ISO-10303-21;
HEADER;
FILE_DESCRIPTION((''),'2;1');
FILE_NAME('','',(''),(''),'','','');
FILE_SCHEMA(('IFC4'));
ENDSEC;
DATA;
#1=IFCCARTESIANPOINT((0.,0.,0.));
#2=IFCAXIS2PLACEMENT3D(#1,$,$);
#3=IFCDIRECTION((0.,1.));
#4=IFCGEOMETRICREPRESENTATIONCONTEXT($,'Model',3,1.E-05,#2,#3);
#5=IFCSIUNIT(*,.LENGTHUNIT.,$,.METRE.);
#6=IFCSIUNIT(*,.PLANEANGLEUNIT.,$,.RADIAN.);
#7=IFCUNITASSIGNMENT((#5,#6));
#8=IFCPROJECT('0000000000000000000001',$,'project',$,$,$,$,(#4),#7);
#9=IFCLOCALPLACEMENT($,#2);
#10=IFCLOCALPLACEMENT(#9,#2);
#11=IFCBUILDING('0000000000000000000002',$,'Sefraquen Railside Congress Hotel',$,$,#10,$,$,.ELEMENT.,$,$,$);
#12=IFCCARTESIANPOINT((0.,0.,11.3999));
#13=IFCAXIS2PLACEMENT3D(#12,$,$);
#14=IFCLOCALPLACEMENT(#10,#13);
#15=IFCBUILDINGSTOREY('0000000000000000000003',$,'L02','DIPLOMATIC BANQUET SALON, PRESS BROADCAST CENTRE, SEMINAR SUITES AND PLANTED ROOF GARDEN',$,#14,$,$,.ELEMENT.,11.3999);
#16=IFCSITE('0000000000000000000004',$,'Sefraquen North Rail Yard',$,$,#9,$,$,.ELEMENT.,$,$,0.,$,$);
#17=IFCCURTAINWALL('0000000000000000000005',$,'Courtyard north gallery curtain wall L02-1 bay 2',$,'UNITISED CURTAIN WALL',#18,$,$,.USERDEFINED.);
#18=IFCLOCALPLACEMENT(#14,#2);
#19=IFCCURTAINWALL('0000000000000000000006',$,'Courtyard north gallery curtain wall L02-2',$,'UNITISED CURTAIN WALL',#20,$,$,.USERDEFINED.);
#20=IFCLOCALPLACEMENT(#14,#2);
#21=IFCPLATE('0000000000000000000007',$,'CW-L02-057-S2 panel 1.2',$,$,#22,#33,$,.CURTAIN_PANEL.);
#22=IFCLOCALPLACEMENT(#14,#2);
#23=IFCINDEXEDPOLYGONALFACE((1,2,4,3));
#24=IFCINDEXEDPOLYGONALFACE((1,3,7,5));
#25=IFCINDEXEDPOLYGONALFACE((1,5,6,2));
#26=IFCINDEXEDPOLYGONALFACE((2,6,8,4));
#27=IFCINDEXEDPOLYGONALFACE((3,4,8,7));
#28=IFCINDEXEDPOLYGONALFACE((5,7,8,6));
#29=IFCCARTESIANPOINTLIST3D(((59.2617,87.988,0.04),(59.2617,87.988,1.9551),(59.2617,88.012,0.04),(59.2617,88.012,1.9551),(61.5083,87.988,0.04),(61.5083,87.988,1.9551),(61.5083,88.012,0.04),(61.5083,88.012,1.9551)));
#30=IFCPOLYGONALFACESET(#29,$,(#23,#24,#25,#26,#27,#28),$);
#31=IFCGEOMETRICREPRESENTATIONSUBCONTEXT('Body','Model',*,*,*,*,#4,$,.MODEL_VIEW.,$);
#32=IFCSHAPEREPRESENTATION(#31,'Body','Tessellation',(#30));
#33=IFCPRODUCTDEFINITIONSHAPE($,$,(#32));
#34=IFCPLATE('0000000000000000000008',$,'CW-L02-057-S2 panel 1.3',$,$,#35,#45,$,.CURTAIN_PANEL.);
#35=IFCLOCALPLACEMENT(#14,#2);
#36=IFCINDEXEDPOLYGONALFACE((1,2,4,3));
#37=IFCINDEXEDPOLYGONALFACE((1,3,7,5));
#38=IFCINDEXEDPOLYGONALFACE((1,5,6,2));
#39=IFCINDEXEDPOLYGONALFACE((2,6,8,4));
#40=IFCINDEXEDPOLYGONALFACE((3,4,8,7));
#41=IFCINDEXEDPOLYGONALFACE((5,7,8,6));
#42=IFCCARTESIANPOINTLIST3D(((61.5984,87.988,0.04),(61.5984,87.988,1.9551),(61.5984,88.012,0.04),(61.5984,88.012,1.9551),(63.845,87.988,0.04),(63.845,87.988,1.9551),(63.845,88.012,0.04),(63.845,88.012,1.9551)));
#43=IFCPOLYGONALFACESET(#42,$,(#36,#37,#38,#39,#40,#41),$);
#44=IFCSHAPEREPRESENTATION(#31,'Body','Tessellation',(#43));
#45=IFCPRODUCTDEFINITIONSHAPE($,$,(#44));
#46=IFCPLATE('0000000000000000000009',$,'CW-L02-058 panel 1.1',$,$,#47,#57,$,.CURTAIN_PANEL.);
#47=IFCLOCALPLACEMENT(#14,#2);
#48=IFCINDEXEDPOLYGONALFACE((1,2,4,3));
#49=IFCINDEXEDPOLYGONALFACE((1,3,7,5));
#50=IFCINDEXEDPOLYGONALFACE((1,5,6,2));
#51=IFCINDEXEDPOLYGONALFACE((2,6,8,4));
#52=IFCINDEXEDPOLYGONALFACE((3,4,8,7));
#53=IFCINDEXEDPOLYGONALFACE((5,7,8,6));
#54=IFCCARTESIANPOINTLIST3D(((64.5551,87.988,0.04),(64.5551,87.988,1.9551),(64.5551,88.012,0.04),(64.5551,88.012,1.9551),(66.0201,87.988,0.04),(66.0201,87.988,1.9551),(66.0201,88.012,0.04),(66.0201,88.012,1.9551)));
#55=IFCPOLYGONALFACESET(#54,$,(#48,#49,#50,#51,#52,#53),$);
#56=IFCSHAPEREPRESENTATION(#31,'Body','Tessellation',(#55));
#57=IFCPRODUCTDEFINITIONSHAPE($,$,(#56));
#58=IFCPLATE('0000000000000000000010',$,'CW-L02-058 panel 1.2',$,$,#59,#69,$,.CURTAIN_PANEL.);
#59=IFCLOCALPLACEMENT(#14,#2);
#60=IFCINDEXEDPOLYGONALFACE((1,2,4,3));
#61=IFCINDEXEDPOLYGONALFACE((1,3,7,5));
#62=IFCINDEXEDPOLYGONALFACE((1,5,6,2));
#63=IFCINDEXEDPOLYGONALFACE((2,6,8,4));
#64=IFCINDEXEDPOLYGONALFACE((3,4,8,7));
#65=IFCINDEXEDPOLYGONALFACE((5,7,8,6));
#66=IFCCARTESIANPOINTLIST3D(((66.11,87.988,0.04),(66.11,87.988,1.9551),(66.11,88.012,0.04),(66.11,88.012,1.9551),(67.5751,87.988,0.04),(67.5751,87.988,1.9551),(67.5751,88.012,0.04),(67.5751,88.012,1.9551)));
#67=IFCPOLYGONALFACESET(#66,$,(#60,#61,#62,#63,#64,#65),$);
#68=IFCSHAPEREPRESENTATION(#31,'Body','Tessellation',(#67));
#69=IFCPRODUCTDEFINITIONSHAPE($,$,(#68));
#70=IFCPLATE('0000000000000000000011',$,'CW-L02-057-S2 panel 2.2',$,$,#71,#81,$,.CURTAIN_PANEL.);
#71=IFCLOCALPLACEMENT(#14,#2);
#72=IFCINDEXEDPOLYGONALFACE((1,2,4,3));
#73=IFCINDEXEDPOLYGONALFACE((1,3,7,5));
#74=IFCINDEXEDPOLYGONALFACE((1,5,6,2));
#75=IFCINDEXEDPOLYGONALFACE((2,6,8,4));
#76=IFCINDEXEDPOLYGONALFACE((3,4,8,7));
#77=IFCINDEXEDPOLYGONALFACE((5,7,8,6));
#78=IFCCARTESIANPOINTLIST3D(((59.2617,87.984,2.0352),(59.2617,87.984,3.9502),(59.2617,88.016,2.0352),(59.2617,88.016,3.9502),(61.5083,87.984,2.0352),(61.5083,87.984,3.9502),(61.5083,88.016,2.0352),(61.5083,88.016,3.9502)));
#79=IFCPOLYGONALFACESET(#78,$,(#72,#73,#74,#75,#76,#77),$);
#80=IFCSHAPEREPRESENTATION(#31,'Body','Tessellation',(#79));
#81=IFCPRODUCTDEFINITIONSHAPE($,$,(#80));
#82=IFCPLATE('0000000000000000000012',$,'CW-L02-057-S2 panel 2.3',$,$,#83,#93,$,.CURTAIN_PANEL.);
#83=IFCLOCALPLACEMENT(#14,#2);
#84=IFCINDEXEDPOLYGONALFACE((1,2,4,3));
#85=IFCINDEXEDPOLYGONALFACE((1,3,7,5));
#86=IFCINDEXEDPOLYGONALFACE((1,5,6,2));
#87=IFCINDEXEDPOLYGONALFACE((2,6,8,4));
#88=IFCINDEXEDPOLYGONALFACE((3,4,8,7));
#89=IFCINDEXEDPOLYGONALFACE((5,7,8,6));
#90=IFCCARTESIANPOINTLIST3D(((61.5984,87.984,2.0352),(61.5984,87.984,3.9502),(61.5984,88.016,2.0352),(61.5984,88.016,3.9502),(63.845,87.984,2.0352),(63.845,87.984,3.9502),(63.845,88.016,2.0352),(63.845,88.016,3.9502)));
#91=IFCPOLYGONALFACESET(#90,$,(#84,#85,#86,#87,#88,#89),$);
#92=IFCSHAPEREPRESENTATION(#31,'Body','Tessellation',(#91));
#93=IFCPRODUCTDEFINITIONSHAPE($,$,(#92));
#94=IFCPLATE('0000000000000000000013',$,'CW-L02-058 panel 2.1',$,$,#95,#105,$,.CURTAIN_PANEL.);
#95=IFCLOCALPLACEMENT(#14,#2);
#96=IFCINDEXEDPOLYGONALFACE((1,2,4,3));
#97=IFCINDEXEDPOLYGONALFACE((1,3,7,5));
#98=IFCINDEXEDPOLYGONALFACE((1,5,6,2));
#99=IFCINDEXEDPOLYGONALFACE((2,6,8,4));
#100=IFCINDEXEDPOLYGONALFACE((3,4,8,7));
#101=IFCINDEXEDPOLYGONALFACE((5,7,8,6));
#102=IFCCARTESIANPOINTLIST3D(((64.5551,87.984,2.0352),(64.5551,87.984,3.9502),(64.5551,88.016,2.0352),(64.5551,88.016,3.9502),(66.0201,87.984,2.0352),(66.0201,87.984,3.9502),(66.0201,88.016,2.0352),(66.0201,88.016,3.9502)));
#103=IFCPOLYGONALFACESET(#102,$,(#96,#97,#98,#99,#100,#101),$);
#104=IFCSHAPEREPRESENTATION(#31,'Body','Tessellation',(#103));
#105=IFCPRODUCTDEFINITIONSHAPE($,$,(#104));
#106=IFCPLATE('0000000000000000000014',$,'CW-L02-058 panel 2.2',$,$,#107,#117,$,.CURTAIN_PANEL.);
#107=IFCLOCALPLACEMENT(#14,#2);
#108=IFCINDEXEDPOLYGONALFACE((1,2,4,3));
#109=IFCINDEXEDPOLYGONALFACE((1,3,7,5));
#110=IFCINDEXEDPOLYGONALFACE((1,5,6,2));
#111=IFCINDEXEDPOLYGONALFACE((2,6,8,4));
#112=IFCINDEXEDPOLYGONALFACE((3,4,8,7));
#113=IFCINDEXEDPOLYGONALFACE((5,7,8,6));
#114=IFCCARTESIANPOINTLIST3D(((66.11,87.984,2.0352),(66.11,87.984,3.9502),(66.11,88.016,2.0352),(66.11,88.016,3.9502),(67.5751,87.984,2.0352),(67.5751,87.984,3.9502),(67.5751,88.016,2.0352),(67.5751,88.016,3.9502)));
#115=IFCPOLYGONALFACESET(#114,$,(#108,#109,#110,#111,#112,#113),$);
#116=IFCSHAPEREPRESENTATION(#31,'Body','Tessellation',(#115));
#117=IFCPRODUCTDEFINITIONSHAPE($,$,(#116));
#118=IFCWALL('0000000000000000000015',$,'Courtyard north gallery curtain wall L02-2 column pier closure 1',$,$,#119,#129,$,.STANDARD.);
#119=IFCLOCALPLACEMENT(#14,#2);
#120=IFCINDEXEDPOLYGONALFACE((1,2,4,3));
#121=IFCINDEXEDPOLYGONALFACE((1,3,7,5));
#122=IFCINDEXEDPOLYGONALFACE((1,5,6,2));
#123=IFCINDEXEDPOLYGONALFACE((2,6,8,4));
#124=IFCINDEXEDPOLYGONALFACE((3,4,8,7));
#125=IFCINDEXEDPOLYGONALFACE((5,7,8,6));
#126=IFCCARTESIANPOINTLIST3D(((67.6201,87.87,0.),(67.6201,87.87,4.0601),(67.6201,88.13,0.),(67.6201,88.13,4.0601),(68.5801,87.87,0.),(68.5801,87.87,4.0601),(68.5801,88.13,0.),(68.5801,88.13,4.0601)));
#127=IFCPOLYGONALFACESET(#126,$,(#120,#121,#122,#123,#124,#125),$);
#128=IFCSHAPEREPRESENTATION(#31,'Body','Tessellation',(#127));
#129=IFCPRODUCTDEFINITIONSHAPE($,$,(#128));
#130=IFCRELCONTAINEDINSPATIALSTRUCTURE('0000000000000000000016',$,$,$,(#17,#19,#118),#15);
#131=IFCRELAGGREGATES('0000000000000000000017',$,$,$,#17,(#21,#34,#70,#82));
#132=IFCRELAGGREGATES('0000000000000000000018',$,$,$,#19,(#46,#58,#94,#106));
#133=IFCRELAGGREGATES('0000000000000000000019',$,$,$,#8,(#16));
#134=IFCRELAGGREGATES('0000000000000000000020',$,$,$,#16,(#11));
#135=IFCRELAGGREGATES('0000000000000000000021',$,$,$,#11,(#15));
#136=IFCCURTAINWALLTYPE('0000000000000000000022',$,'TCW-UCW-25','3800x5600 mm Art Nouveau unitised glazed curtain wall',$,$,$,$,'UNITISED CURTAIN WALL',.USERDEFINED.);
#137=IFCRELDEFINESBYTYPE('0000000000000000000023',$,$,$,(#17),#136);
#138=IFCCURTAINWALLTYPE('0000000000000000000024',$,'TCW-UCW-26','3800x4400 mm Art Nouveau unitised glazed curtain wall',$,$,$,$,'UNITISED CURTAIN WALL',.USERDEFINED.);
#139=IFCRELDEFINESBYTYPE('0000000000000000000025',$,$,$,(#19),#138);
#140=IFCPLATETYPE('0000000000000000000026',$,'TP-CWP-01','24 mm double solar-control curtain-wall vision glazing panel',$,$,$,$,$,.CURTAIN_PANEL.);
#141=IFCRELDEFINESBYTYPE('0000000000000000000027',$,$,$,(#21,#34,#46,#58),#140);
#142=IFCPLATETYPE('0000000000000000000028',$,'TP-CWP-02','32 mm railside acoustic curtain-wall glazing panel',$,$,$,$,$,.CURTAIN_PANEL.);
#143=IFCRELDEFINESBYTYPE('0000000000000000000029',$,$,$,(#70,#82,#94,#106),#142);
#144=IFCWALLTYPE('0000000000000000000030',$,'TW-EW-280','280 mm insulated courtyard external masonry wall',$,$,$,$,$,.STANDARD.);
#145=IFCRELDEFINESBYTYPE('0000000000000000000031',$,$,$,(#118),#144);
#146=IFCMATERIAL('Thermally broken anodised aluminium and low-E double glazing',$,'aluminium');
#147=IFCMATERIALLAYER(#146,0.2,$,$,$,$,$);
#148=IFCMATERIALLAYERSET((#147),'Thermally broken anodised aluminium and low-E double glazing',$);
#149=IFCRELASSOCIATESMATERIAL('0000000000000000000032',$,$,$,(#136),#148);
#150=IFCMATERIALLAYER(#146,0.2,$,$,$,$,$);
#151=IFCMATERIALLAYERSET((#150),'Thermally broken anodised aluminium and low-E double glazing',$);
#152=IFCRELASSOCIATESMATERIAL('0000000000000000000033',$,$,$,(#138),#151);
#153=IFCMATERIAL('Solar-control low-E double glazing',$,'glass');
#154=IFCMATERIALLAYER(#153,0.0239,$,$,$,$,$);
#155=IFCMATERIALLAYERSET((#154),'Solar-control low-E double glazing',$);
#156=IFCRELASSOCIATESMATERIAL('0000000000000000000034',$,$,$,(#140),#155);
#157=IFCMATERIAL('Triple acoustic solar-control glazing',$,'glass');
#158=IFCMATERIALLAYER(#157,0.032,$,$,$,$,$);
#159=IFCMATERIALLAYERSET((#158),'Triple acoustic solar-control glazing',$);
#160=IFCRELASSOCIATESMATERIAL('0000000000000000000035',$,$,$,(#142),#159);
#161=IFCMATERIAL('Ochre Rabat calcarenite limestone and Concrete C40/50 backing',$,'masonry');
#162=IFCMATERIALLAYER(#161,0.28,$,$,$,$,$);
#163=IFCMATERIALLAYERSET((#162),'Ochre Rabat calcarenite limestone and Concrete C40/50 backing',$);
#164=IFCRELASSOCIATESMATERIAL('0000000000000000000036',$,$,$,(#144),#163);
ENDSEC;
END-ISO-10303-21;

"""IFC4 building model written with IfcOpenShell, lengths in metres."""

from ifc_helpers import new_model, si_unit, direction, frame, frame_2d, origin, origin_2d, place, context, subcontext, project, spatial, rectangle, extrude, material, layer, layer_set, type_object, element, aggregate, save


model = new_model("IFC4")

# Units and contexts
model_context = context("Model", 3, precision=1e-05, world=origin(), true_north=direction((0.0, 1.0)))
body_context = subcontext(model_context, "Body", "Model", "MODEL_VIEW")
ifc_project = project(units=[si_unit("LENGTHUNIT", "METRE"), si_unit("PLANEANGLEUNIT", "RADIAN")], contexts=[model_context])

# Site, building, storey
site_placement = place(None, origin())
site = spatial("IfcSite", under=ifc_project, at=site_placement, Name="Sefraquen North Rail Yard", CompositionType="ELEMENT", RefElevation=0.0)
building_placement = place(site_placement, origin())
building = spatial("IfcBuilding", under=site, at=building_placement, Name="Sefraquen Railside Congress Hotel", CompositionType="ELEMENT")
storey_placement = place(building_placement, frame((0.0, 0.0, 11.3999)))
storey = spatial("IfcBuildingStorey", under=building, at=storey_placement, Name="L02", Description="DIPLOMATIC BANQUET SALON, PRESS BROADCAST CENTRE, SEMINAR SUITES AND PLANTED ROOF GARDEN", CompositionType="ELEMENT", Elevation=11.3999)

# Curtain walls
ifc_material_1 = material(Name="Thermally broken anodised aluminium and low-E double glazing", Category="aluminium")
ifc_layer_1 = layer(ifc_material_1, 0.2)
ifc_layer_set_1 = layer_set([ifc_layer_1], Name="Thermally broken anodised aluminium and low-E double glazing")
curtain_wall_type_1 = type_object("IfcCurtainWallType", Name="TCW-UCW-25", Description="3800x5600 mm Art Nouveau unitised glazed curtain wall", ElementType="UNITISED CURTAIN WALL", PredefinedType="USERDEFINED", material=ifc_layer_set_1)
curtain_wall_1_placement = place(storey_placement, origin())
curtain_wall_1 = element("IfcCurtainWall", 1, at=curtain_wall_1_placement, inside=storey, type_object=curtain_wall_type_1, Name="Courtyard north gallery curtain wall L02-1 bay 2", ObjectType="UNITISED CURTAIN WALL", PredefinedType="USERDEFINED")
ifc_layer_2 = layer(ifc_material_1, 0.2)
ifc_layer_set_2 = layer_set([ifc_layer_2], Name="Thermally broken anodised aluminium and low-E double glazing")
curtain_wall_type_2 = type_object("IfcCurtainWallType", Name="TCW-UCW-26", Description="3800x4400 mm Art Nouveau unitised glazed curtain wall", ElementType="UNITISED CURTAIN WALL", PredefinedType="USERDEFINED", material=ifc_layer_set_2)
curtain_wall_2_placement = place(storey_placement, origin())
curtain_wall_2 = element("IfcCurtainWall", 2, at=curtain_wall_2_placement, inside=storey, type_object=curtain_wall_type_2, Name="Courtyard north gallery curtain wall L02-2", ObjectType="UNITISED CURTAIN WALL", PredefinedType="USERDEFINED")

# Plates
ifc_material_2 = material(Name="Solar-control low-E double glazing", Category="glass")
ifc_layer_3 = layer(ifc_material_2, 0.0239)
ifc_layer_set_3 = layer_set([ifc_layer_3], Name="Solar-control low-E double glazing")
plate_type_1 = type_object("IfcPlateType", Name="TP-CWP-01", Description="24 mm double solar-control curtain-wall vision glazing panel", PredefinedType="CURTAIN_PANEL", material=ifc_layer_set_3)
plate_1_placement = place(storey_placement, frame((60.385, 88.0, 0.04), z_axis=(0.0, 0.0, 1.0), x_axis=(1.0, 0.0, 0.0)))
plate_1 = element("IfcPlate", 3, at=plate_1_placement, type_object=plate_type_1, Name="CW-L02-057-S2 panel 1.2", PredefinedType="CURTAIN_PANEL", context=body_context, shape_type="SweptSolid", body=[
    extrude(rectangle(XDim=2.2466, YDim=0.0239, at=origin_2d()), origin(), (0.0, 0.0, 1.0), 1.915),
])
plate_2_placement = place(storey_placement, frame((62.7217, 88.0, 0.04), z_axis=(0.0, 0.0, 1.0), x_axis=(1.0, 0.0, 0.0)))
plate_2 = element("IfcPlate", 4, at=plate_2_placement, type_object=plate_type_1, Name="CW-L02-057-S2 panel 1.3", PredefinedType="CURTAIN_PANEL", context=body_context, shape_type="SweptSolid", body=[
    extrude(rectangle(XDim=2.2466, YDim=0.0239, at=origin_2d()), origin(), (0.0, 0.0, 1.0), 1.915),
])
plate_3_placement = place(storey_placement, frame((65.2876, 88.0, 0.04), z_axis=(0.0, 0.0, 1.0), x_axis=(1.0, 0.0, 0.0)))
plate_3 = element("IfcPlate", 5, at=plate_3_placement, type_object=plate_type_1, Name="CW-L02-058 panel 1.1", PredefinedType="CURTAIN_PANEL", context=body_context, shape_type="SweptSolid", body=[
    extrude(rectangle(XDim=1.4651, YDim=0.0239, at=origin_2d()), origin(), (0.0, 0.0, 1.0), 1.915),
])
plate_4_placement = place(storey_placement, frame((66.8425, 88.0, 0.04), z_axis=(0.0, 0.0, 1.0), x_axis=(1.0, 0.0, 0.0)))
plate_4 = element("IfcPlate", 6, at=plate_4_placement, type_object=plate_type_1, Name="CW-L02-058 panel 1.2", PredefinedType="CURTAIN_PANEL", context=body_context, shape_type="SweptSolid", body=[
    extrude(rectangle(XDim=1.4651, YDim=0.0239, at=origin_2d()), origin(), (0.0, 0.0, 1.0), 1.915),
])
ifc_material_3 = material(Name="Triple acoustic solar-control glazing", Category="glass")
ifc_layer_4 = layer(ifc_material_3, 0.032)
ifc_layer_set_4 = layer_set([ifc_layer_4], Name="Triple acoustic solar-control glazing")
plate_type_2 = type_object("IfcPlateType", Name="TP-CWP-02", Description="32 mm railside acoustic curtain-wall glazing panel", PredefinedType="CURTAIN_PANEL", material=ifc_layer_set_4)
plate_5_placement = place(storey_placement, frame((60.385, 88.0, 2.0352), z_axis=(0.0, 0.0, 1.0), x_axis=(1.0, 0.0, 0.0)))
plate_5 = element("IfcPlate", 7, at=plate_5_placement, type_object=plate_type_2, Name="CW-L02-057-S2 panel 2.2", PredefinedType="CURTAIN_PANEL", context=body_context, shape_type="SweptSolid", body=[
    extrude(rectangle(XDim=2.2466, YDim=0.032, at=origin_2d()), origin(), (0.0, 0.0, 1.0), 1.915),
])
plate_6_placement = place(storey_placement, frame((62.7217, 88.0, 2.0352), z_axis=(0.0, 0.0, 1.0), x_axis=(1.0, 0.0, 0.0)))
plate_6 = element("IfcPlate", 8, at=plate_6_placement, type_object=plate_type_2, Name="CW-L02-057-S2 panel 2.3", PredefinedType="CURTAIN_PANEL", context=body_context, shape_type="SweptSolid", body=[
    extrude(rectangle(XDim=2.2466, YDim=0.032, at=origin_2d()), origin(), (0.0, 0.0, 1.0), 1.915),
])
aggregate(curtain_wall_1, [plate_1, plate_2, plate_5, plate_6])
plate_7_placement = place(storey_placement, frame((65.2876, 88.0, 2.0352), z_axis=(0.0, 0.0, 1.0), x_axis=(1.0, 0.0, 0.0)))
plate_7 = element("IfcPlate", 9, at=plate_7_placement, type_object=plate_type_2, Name="CW-L02-058 panel 2.1", PredefinedType="CURTAIN_PANEL", context=body_context, shape_type="SweptSolid", body=[
    extrude(rectangle(XDim=1.4651, YDim=0.032, at=origin_2d()), origin(), (0.0, 0.0, 1.0), 1.915),
])
plate_8_placement = place(storey_placement, frame((66.8425, 88.0, 2.0352), z_axis=(0.0, 0.0, 1.0), x_axis=(1.0, 0.0, 0.0)))
plate_8 = element("IfcPlate", 10, at=plate_8_placement, type_object=plate_type_2, Name="CW-L02-058 panel 2.2", PredefinedType="CURTAIN_PANEL", context=body_context, shape_type="SweptSolid", body=[
    extrude(rectangle(XDim=1.4651, YDim=0.032, at=origin_2d()), origin(), (0.0, 0.0, 1.0), 1.915),
])
aggregate(curtain_wall_2, [plate_3, plate_4, plate_7, plate_8])

# Wall
ifc_material_4 = material(Name="Ochre Rabat calcarenite limestone and Concrete C40/50 backing", Category="masonry")
ifc_layer_5 = layer(ifc_material_4, 0.28)
ifc_layer_set_5 = layer_set([ifc_layer_5], Name="Ochre Rabat calcarenite limestone and Concrete C40/50 backing")
wall_type = type_object("IfcWallType", Name="TW-EW-280", Description="280 mm insulated courtyard external masonry wall", PredefinedType="STANDARD", material=ifc_layer_set_5)
wall_placement = place(storey_placement, frame((67.6201, 88.0, 0.0), z_axis=(0.0, 0.0, 1.0), x_axis=(1.0, 0.0, 0.0)))
element("IfcWall", 11, at=wall_placement, inside=storey, type_object=wall_type, Name="Courtyard north gallery curtain wall L02-2 column pier closure 1", PredefinedType="STANDARD", context=body_context, shape_type="SweptSolid", body=[
    extrude(rectangle(XDim=0.96, YDim=0.26, at=frame_2d((0.48, 0.0))), origin(), (0.0, 0.0, 1.0), 4.0601),
])

save(model, "model.ifc")
